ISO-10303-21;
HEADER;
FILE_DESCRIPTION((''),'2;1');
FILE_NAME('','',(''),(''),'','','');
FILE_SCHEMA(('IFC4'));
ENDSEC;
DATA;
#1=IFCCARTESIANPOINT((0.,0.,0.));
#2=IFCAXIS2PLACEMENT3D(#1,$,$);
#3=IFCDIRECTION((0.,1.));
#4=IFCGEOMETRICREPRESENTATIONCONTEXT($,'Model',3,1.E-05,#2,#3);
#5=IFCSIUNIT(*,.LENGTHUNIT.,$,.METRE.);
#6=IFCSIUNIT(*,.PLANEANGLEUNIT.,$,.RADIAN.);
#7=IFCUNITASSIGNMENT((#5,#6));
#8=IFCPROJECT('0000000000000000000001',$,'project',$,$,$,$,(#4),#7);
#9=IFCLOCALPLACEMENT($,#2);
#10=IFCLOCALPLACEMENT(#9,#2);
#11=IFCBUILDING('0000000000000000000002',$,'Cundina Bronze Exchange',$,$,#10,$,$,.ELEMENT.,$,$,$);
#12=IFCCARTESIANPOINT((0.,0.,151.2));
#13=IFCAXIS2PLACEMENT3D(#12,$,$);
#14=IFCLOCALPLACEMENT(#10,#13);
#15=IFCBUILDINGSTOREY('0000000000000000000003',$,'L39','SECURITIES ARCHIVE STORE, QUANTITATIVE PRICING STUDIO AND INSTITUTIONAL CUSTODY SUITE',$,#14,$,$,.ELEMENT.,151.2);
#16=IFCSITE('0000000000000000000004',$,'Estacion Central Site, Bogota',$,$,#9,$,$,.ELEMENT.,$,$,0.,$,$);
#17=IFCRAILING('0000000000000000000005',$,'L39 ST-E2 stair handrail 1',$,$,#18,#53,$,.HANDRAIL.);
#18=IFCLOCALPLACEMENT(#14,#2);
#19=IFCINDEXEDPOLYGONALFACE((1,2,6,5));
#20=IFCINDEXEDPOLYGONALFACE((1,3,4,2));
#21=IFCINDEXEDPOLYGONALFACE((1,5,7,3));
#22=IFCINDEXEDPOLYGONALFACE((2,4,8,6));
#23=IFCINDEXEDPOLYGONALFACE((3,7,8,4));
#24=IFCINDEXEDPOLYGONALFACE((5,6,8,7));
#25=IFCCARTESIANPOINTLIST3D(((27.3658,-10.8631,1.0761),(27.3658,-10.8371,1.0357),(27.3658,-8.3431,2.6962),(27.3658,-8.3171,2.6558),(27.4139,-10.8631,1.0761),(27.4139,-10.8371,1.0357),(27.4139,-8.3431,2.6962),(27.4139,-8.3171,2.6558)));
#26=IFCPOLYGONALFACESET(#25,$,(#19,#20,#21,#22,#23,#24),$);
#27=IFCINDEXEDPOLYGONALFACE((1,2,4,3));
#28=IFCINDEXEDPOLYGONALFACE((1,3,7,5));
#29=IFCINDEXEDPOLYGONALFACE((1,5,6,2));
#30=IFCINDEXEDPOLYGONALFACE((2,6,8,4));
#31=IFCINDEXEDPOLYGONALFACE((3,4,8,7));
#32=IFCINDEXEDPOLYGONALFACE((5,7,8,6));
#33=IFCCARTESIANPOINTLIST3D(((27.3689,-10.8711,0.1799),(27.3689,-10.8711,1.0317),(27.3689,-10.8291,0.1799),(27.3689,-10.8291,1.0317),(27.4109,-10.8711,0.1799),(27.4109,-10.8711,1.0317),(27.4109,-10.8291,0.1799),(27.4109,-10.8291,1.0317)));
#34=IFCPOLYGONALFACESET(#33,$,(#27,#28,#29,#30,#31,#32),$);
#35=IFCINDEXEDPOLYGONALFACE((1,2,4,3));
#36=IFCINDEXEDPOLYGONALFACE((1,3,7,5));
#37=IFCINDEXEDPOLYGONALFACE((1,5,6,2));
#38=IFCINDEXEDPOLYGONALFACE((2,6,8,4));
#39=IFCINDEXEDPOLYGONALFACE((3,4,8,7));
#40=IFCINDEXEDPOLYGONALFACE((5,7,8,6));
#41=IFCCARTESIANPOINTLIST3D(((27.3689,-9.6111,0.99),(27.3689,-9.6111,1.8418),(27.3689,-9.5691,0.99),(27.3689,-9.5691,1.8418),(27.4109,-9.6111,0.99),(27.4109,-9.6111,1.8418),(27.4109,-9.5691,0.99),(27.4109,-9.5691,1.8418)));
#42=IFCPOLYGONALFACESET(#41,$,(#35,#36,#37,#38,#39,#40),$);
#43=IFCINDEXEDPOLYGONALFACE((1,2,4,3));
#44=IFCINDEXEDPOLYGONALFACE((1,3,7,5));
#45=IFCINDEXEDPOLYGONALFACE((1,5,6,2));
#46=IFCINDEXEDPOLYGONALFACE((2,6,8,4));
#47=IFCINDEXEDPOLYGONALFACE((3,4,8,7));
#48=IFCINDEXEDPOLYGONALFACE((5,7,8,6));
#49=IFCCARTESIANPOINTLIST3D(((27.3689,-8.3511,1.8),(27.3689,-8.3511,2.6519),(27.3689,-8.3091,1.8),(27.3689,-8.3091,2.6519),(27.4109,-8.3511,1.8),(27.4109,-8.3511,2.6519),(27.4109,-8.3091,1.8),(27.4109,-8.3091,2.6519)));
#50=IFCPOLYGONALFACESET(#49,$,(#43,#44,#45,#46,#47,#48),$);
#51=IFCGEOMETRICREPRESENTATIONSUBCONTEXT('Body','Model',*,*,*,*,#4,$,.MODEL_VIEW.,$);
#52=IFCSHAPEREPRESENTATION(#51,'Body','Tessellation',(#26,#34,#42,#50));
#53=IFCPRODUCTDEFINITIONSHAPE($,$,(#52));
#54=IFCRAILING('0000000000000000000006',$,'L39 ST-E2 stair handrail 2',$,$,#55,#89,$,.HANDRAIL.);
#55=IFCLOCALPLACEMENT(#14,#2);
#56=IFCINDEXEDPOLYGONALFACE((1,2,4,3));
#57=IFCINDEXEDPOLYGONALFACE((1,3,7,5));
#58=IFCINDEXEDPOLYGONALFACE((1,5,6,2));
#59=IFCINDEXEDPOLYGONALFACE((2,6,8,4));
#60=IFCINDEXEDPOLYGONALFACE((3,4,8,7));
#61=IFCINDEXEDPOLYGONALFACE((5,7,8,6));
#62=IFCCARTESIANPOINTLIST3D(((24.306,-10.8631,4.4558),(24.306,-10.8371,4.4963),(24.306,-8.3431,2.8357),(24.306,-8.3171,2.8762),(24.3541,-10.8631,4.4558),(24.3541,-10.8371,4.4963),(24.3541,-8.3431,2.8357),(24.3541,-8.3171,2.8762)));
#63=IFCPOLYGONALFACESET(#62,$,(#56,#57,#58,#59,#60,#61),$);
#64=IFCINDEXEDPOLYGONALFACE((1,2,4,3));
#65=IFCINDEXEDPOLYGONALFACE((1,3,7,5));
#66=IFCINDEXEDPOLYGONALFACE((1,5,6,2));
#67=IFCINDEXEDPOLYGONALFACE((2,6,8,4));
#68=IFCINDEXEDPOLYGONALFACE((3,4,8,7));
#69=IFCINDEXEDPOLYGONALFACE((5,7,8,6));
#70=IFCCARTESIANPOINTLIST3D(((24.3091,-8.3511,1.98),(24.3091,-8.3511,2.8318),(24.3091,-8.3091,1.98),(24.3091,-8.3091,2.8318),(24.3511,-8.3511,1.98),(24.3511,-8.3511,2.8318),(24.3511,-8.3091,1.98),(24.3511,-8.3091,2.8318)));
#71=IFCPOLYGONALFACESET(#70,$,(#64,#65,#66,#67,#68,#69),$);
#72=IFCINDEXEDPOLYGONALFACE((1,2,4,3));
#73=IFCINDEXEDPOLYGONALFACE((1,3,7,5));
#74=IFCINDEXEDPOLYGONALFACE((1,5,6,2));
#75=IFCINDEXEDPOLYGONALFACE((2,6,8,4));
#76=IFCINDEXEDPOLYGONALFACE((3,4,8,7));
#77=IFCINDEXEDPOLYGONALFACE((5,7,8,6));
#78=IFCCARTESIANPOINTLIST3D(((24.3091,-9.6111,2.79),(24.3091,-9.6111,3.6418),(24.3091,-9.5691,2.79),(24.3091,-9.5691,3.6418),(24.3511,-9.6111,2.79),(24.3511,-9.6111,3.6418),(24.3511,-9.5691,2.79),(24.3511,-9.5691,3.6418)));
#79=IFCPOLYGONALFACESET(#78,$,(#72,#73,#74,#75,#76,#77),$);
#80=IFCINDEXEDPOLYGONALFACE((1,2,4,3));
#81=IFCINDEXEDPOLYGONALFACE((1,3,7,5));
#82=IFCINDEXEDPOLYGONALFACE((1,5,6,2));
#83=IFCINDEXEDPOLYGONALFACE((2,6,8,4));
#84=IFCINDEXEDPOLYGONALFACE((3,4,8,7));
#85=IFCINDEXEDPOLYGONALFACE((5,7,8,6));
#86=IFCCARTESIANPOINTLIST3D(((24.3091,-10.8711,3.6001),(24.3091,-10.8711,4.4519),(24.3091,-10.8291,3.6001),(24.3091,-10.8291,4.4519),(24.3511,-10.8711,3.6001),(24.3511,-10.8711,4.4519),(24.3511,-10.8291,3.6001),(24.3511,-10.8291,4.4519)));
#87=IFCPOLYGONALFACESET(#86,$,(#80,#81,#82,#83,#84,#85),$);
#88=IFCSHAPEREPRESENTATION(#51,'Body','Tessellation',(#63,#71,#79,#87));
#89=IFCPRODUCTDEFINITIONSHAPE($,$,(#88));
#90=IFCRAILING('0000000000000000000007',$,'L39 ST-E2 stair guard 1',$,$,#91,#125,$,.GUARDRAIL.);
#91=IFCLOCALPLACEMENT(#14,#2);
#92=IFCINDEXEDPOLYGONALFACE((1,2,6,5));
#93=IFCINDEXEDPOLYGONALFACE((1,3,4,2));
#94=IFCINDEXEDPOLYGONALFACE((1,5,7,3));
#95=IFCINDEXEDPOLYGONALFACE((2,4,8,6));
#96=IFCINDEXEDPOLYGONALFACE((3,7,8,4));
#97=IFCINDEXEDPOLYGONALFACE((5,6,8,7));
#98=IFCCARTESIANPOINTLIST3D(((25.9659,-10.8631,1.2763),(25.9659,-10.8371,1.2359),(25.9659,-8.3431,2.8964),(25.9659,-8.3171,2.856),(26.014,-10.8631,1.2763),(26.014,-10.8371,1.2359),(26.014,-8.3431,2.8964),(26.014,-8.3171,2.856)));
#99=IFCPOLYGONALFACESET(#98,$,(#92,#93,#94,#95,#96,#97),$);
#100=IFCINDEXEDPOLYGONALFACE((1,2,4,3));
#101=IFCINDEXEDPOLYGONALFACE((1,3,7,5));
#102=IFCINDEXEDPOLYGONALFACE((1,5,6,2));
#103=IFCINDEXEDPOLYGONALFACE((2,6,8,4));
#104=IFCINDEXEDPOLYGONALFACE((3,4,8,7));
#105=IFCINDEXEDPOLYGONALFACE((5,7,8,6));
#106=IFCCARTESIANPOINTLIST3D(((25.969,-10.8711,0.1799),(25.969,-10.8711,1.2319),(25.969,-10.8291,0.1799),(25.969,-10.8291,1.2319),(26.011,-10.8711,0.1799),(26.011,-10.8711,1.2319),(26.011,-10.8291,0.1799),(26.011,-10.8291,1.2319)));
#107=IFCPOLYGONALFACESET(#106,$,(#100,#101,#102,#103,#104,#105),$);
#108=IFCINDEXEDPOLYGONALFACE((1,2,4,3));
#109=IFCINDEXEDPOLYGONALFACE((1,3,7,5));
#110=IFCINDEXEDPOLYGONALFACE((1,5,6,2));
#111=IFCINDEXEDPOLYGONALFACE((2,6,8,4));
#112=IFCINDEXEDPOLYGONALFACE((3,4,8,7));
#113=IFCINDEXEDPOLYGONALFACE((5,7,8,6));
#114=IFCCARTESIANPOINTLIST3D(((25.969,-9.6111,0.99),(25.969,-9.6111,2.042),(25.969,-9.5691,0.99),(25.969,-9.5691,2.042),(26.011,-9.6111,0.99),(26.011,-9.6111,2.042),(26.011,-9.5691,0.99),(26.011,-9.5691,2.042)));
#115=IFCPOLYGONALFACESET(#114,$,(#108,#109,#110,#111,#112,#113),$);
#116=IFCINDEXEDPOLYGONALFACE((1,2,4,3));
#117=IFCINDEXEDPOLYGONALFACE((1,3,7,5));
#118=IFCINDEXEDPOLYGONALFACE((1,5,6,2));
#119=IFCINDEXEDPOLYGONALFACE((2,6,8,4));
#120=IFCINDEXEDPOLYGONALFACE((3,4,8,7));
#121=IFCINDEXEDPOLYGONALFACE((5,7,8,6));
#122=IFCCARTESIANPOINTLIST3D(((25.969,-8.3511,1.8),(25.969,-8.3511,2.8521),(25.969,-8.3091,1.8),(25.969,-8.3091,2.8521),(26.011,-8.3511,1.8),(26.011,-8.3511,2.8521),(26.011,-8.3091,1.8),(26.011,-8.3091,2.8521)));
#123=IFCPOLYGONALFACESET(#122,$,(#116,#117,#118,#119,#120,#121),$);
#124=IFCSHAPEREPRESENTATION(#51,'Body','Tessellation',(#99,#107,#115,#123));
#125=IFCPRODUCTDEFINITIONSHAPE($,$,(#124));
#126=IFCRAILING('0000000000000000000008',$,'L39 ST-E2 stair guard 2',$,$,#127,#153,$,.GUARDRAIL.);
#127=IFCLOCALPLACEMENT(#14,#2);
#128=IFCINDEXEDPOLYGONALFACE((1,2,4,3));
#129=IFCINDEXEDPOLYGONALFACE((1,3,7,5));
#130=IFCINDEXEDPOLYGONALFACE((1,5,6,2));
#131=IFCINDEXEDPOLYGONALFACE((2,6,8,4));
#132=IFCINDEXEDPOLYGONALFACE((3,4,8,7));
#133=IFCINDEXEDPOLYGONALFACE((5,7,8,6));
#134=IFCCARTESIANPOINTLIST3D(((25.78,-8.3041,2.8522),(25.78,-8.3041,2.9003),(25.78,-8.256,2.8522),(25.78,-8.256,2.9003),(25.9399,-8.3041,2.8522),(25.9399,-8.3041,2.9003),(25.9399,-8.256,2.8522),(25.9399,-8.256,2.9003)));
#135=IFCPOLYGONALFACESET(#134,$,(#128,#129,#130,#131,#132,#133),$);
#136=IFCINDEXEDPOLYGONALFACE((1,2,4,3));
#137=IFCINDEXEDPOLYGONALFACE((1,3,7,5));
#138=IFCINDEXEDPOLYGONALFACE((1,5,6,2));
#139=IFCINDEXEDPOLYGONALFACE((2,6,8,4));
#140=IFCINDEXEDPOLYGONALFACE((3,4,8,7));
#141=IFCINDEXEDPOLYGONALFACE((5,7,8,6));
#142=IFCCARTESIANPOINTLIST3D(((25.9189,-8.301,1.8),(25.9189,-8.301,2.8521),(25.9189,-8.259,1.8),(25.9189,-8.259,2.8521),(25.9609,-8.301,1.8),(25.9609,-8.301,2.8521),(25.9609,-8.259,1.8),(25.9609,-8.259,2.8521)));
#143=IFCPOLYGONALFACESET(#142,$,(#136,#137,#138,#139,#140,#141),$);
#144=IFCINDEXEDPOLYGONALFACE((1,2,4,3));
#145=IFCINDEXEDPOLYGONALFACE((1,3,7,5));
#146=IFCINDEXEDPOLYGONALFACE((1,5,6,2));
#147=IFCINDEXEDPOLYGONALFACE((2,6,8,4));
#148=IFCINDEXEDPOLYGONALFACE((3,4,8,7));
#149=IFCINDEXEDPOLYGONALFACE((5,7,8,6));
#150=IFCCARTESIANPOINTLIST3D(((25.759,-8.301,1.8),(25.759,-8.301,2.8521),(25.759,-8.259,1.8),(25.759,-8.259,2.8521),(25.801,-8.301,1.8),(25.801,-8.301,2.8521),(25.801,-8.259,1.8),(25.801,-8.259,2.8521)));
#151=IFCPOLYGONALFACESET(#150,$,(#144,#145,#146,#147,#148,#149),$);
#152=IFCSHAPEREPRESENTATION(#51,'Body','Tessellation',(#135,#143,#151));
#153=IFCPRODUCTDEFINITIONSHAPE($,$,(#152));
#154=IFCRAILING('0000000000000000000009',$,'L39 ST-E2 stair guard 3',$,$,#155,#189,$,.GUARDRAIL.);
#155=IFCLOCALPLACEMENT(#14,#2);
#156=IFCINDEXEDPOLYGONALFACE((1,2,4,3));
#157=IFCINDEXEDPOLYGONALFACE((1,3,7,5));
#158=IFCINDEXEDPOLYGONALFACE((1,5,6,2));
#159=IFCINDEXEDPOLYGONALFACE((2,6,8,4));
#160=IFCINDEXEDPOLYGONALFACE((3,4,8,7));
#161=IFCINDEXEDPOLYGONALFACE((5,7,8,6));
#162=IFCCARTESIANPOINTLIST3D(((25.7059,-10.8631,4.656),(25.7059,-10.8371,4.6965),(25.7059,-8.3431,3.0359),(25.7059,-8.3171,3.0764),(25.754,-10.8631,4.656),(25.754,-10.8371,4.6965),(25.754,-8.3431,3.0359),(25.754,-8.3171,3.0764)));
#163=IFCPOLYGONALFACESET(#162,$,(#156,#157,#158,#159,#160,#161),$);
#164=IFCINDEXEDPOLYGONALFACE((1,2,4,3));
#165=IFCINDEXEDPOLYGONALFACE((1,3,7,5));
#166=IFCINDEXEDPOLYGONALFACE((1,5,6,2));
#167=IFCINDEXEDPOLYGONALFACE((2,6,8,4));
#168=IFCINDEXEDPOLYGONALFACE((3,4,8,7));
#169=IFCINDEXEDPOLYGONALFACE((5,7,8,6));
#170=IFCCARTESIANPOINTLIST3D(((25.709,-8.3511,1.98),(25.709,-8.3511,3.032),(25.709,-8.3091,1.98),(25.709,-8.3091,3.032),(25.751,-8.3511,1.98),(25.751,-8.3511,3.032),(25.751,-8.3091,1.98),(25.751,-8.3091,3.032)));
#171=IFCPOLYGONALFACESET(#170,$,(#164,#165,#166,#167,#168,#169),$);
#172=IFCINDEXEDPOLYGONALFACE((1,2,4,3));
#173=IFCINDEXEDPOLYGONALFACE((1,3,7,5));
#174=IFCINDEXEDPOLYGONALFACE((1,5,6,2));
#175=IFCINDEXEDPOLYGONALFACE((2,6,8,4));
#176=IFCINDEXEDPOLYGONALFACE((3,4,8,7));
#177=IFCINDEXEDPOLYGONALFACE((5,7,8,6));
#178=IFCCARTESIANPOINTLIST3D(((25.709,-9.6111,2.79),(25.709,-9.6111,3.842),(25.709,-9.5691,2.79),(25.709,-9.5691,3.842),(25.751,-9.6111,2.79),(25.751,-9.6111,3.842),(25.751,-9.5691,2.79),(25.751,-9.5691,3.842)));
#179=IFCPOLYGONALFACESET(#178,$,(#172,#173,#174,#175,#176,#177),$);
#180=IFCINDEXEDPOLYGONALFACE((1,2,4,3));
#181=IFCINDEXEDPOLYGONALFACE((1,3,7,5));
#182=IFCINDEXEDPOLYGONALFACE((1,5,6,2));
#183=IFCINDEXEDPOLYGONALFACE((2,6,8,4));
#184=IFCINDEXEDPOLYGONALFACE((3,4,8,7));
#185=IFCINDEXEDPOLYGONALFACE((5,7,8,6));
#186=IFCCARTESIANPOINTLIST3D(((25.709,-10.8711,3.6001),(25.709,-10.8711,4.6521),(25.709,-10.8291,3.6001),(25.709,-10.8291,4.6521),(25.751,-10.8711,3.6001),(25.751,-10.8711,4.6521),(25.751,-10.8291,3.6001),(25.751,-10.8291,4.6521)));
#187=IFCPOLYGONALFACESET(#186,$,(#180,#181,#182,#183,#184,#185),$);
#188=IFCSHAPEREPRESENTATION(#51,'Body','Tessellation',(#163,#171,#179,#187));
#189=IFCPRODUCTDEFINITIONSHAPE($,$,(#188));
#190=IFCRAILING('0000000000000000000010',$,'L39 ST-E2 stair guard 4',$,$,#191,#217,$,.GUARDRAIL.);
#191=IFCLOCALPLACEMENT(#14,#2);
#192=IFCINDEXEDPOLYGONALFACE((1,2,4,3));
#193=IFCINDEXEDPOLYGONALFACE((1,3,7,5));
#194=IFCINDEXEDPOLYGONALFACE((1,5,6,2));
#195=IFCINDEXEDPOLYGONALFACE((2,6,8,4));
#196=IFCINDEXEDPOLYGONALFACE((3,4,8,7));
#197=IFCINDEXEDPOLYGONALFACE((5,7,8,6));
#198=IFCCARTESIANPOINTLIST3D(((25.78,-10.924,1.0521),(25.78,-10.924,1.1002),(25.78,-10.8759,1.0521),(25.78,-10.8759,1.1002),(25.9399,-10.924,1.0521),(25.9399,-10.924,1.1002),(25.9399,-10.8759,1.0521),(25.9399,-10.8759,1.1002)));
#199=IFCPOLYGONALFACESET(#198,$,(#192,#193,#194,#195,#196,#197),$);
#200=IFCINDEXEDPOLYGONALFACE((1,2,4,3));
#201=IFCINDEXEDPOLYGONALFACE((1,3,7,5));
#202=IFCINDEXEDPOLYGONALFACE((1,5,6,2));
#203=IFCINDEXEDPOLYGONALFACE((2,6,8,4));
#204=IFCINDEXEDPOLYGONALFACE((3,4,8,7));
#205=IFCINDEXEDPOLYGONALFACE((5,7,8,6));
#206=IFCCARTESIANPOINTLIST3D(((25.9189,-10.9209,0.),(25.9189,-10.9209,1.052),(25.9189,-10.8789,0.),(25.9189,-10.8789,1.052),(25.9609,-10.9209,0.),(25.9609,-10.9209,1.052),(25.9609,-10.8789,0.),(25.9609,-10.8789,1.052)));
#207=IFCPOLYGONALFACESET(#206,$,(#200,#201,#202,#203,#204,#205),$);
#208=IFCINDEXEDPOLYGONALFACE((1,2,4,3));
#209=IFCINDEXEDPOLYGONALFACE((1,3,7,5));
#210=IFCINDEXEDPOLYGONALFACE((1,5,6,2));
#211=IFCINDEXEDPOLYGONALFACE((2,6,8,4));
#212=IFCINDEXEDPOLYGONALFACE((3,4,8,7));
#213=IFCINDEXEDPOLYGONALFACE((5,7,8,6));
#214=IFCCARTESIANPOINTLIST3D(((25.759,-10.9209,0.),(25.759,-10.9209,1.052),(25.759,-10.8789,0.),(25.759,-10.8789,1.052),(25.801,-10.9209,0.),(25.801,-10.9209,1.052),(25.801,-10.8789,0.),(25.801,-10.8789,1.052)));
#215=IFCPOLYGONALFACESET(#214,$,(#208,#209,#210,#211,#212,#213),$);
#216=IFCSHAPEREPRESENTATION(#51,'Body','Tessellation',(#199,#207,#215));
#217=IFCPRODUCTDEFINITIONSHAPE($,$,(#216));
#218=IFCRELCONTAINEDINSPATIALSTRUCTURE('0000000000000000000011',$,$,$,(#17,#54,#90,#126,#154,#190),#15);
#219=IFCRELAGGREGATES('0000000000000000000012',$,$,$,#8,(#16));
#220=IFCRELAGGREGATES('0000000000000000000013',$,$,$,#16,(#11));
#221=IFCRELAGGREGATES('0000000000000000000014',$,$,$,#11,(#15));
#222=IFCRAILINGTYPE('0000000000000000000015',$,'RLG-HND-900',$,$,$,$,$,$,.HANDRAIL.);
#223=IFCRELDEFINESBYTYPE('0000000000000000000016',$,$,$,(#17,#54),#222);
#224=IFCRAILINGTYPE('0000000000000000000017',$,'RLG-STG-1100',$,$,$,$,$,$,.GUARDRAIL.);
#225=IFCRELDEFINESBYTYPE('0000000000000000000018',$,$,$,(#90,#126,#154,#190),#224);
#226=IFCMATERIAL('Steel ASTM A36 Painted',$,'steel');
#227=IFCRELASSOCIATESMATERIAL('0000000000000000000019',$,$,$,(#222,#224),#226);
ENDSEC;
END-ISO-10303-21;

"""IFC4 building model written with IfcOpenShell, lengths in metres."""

from ifc_helpers import new_model, si_unit, direction, frame, origin, origin_2d, place, context, subcontext, project, spatial, rectangle, extrude, material, type_object, element, save


model = new_model("IFC4")

# Units and contexts
model_context = context("Model", 3, precision=1e-05, world=origin(), true_north=direction((0.0, 1.0)))
body_context = subcontext(model_context, "Body", "Model", "MODEL_VIEW")
ifc_project = project(units=[si_unit("LENGTHUNIT", "METRE"), si_unit("PLANEANGLEUNIT", "RADIAN")], contexts=[model_context])

# Site, building, storey
site_placement = place(None, origin())
site = spatial("IfcSite", under=ifc_project, at=site_placement, Name="Estacion Central Site, Bogota", CompositionType="ELEMENT", RefElevation=0.0)
building_placement = place(site_placement, origin())
building = spatial("IfcBuilding", under=site, at=building_placement, Name="Cundina Bronze Exchange", CompositionType="ELEMENT")
storey_placement = place(building_placement, frame((0.0, 0.0, 151.2)))
storey = spatial("IfcBuildingStorey", under=building, at=storey_placement, Name="L39", Description="SECURITIES ARCHIVE STORE, QUANTITATIVE PRICING STUDIO AND INSTITUTIONAL CUSTODY SUITE", CompositionType="ELEMENT", Elevation=151.2)

# Shared definitions
ifc_material_1 = material(Name="Steel ASTM A36 Painted", Category="steel")

# Railings
railing_type_1 = type_object("IfcRailingType", Name="RLG-HND-900", PredefinedType="HANDRAIL", material=ifc_material_1)
railing_1_placement = place(storey_placement, frame((27.3899, -10.8501, 0.1799)))
element("IfcRailing", 1, at=railing_1_placement, inside=storey, type_object=railing_type_1, Name="L39 ST-E2 stair handrail 1", PredefinedType="HANDRAIL", context=body_context, shape_type="SweptSolid", body=[
    extrude(rectangle(XDim=0.0481, YDim=0.0481, at=origin_2d()), frame((0.0, 0.0, 0.876), z_axis=(0.0, 0.841163, 0.540782), x_axis=(-1.0, 0.0, 0.0)), (0.0, 0.0, 1.0), 2.9958),
    extrude(rectangle(XDim=0.042, YDim=0.042, at=origin_2d()), origin(), (0.0, 0.0, 1.0), 0.8518),
    extrude(rectangle(XDim=0.042, YDim=0.042, at=origin_2d()), frame((0.0, 1.26, 0.8101)), (0.0, 0.0, 1.0), 0.8518),
    extrude(rectangle(XDim=0.042, YDim=0.042, at=origin_2d()), frame((0.0, 2.52, 1.6201)), (0.0, 0.0, 1.0), 0.8518),
])
railing_2_placement = place(storey_placement, frame((24.3301, -8.3301, 1.98)))
element("IfcRailing", 2, at=railing_2_placement, inside=storey, type_object=railing_type_1, Name="L39 ST-E2 stair handrail 2", PredefinedType="HANDRAIL", context=body_context, shape_type="SweptSolid", body=[
    extrude(rectangle(XDim=0.0481, YDim=0.0481, at=origin_2d()), frame((0.0, 0.0, 0.876), z_axis=(0.0, -0.841163, 0.540782), x_axis=(1.0, 0.0, 0.0)), (0.0, 0.0, 1.0), 2.9958),
    extrude(rectangle(XDim=0.042, YDim=0.042, at=origin_2d()), origin(), (0.0, 0.0, 1.0), 0.8518),
    extrude(rectangle(XDim=0.042, YDim=0.042, at=origin_2d()), frame((0.0, -1.26, 0.8101)), (0.0, 0.0, 1.0), 0.8518),
    extrude(rectangle(XDim=0.042, YDim=0.042, at=origin_2d()), frame((0.0, -2.52, 1.6201)), (0.0, 0.0, 1.0), 0.8518),
])
railing_type_2 = type_object("IfcRailingType", Name="RLG-STG-1100", PredefinedType="GUARDRAIL", material=ifc_material_1)
railing_3_placement = place(storey_placement, frame((25.99, -10.8501, 0.1799)))
element("IfcRailing", 3, at=railing_3_placement, inside=storey, type_object=railing_type_2, Name="L39 ST-E2 stair guard 1", PredefinedType="GUARDRAIL", context=body_context, shape_type="SweptSolid", body=[
    extrude(rectangle(XDim=0.0481, YDim=0.0481, at=origin_2d()), frame((0.0, 0.0, 1.0762), z_axis=(0.0, 0.841163, 0.540782), x_axis=(-1.0, 0.0, 0.0)), (0.0, 0.0, 1.0), 2.9958),
    extrude(rectangle(XDim=0.042, YDim=0.042, at=origin_2d()), origin(), (0.0, 0.0, 1.0), 1.052),
    extrude(rectangle(XDim=0.042, YDim=0.042, at=origin_2d()), frame((0.0, 1.26, 0.8101)), (0.0, 0.0, 1.0), 1.052),
    extrude(rectangle(XDim=0.042, YDim=0.042, at=origin_2d()), frame((0.0, 2.52, 1.6201)), (0.0, 0.0, 1.0), 1.052),
])
railing_4_placement = place(storey_placement, frame((25.9399, -8.28, 1.8)))
element("IfcRailing", 4, at=railing_4_placement, inside=storey, type_object=railing_type_2, Name="L39 ST-E2 stair guard 2", PredefinedType="GUARDRAIL", context=body_context, shape_type="SweptSolid", body=[
    extrude(rectangle(XDim=0.0481, YDim=0.0481, at=origin_2d()), frame((0.0, 0.0, 1.0762), z_axis=(-1.0, 0.0, 0.0), x_axis=(0.0, -1.0, 0.0)), (0.0, 0.0, 1.0), 0.1599),
    extrude(rectangle(XDim=0.042, YDim=0.042, at=origin_2d()), origin(), (0.0, 0.0, 1.0), 1.052),
    extrude(rectangle(XDim=0.042, YDim=0.042, at=origin_2d()), frame((-0.1599, 0.0, 0.0)), (0.0, 0.0, 1.0), 1.052),
])
railing_5_placement = place(storey_placement, frame((25.73, -8.3301, 1.98)))
element("IfcRailing", 5, at=railing_5_placement, inside=storey, type_object=railing_type_2, Name="L39 ST-E2 stair guard 3", PredefinedType="GUARDRAIL", context=body_context, shape_type="SweptSolid", body=[
    extrude(rectangle(XDim=0.0481, YDim=0.0481, at=origin_2d()), frame((0.0, 0.0, 1.0762), z_axis=(0.0, -0.841163, 0.540782), x_axis=(1.0, 0.0, 0.0)), (0.0, 0.0, 1.0), 2.9958),
    extrude(rectangle(XDim=0.042, YDim=0.042, at=origin_2d()), origin(), (0.0, 0.0, 1.0), 1.052),
    extrude(rectangle(XDim=0.042, YDim=0.042, at=origin_2d()), frame((0.0, -1.26, 0.8101)), (0.0, 0.0, 1.0), 1.052),
    extrude(rectangle(XDim=0.042, YDim=0.042, at=origin_2d()), frame((0.0, -2.52, 1.6201)), (0.0, 0.0, 1.0), 1.052),
])
railing_6_placement = place(storey_placement, frame((25.9399, -10.8999, 0.0)))
element("IfcRailing", 6, at=railing_6_placement, inside=storey, type_object=railing_type_2, Name="L39 ST-E2 stair guard 4", PredefinedType="GUARDRAIL", context=body_context, shape_type="SweptSolid", body=[
    extrude(rectangle(XDim=0.0481, YDim=0.0481, at=origin_2d()), frame((0.0, 0.0, 1.0762), z_axis=(-1.0, 0.0, 0.0), x_axis=(0.0, -1.0, 0.0)), (0.0, 0.0, 1.0), 0.1599),
    extrude(rectangle(XDim=0.042, YDim=0.042, at=origin_2d()), origin(), (0.0, 0.0, 1.0), 1.052),
    extrude(rectangle(XDim=0.042, YDim=0.042, at=origin_2d()), frame((-0.1599, 0.0, 0.0)), (0.0, 0.0, 1.0), 1.052),
])

save(model, "model.ifc")
